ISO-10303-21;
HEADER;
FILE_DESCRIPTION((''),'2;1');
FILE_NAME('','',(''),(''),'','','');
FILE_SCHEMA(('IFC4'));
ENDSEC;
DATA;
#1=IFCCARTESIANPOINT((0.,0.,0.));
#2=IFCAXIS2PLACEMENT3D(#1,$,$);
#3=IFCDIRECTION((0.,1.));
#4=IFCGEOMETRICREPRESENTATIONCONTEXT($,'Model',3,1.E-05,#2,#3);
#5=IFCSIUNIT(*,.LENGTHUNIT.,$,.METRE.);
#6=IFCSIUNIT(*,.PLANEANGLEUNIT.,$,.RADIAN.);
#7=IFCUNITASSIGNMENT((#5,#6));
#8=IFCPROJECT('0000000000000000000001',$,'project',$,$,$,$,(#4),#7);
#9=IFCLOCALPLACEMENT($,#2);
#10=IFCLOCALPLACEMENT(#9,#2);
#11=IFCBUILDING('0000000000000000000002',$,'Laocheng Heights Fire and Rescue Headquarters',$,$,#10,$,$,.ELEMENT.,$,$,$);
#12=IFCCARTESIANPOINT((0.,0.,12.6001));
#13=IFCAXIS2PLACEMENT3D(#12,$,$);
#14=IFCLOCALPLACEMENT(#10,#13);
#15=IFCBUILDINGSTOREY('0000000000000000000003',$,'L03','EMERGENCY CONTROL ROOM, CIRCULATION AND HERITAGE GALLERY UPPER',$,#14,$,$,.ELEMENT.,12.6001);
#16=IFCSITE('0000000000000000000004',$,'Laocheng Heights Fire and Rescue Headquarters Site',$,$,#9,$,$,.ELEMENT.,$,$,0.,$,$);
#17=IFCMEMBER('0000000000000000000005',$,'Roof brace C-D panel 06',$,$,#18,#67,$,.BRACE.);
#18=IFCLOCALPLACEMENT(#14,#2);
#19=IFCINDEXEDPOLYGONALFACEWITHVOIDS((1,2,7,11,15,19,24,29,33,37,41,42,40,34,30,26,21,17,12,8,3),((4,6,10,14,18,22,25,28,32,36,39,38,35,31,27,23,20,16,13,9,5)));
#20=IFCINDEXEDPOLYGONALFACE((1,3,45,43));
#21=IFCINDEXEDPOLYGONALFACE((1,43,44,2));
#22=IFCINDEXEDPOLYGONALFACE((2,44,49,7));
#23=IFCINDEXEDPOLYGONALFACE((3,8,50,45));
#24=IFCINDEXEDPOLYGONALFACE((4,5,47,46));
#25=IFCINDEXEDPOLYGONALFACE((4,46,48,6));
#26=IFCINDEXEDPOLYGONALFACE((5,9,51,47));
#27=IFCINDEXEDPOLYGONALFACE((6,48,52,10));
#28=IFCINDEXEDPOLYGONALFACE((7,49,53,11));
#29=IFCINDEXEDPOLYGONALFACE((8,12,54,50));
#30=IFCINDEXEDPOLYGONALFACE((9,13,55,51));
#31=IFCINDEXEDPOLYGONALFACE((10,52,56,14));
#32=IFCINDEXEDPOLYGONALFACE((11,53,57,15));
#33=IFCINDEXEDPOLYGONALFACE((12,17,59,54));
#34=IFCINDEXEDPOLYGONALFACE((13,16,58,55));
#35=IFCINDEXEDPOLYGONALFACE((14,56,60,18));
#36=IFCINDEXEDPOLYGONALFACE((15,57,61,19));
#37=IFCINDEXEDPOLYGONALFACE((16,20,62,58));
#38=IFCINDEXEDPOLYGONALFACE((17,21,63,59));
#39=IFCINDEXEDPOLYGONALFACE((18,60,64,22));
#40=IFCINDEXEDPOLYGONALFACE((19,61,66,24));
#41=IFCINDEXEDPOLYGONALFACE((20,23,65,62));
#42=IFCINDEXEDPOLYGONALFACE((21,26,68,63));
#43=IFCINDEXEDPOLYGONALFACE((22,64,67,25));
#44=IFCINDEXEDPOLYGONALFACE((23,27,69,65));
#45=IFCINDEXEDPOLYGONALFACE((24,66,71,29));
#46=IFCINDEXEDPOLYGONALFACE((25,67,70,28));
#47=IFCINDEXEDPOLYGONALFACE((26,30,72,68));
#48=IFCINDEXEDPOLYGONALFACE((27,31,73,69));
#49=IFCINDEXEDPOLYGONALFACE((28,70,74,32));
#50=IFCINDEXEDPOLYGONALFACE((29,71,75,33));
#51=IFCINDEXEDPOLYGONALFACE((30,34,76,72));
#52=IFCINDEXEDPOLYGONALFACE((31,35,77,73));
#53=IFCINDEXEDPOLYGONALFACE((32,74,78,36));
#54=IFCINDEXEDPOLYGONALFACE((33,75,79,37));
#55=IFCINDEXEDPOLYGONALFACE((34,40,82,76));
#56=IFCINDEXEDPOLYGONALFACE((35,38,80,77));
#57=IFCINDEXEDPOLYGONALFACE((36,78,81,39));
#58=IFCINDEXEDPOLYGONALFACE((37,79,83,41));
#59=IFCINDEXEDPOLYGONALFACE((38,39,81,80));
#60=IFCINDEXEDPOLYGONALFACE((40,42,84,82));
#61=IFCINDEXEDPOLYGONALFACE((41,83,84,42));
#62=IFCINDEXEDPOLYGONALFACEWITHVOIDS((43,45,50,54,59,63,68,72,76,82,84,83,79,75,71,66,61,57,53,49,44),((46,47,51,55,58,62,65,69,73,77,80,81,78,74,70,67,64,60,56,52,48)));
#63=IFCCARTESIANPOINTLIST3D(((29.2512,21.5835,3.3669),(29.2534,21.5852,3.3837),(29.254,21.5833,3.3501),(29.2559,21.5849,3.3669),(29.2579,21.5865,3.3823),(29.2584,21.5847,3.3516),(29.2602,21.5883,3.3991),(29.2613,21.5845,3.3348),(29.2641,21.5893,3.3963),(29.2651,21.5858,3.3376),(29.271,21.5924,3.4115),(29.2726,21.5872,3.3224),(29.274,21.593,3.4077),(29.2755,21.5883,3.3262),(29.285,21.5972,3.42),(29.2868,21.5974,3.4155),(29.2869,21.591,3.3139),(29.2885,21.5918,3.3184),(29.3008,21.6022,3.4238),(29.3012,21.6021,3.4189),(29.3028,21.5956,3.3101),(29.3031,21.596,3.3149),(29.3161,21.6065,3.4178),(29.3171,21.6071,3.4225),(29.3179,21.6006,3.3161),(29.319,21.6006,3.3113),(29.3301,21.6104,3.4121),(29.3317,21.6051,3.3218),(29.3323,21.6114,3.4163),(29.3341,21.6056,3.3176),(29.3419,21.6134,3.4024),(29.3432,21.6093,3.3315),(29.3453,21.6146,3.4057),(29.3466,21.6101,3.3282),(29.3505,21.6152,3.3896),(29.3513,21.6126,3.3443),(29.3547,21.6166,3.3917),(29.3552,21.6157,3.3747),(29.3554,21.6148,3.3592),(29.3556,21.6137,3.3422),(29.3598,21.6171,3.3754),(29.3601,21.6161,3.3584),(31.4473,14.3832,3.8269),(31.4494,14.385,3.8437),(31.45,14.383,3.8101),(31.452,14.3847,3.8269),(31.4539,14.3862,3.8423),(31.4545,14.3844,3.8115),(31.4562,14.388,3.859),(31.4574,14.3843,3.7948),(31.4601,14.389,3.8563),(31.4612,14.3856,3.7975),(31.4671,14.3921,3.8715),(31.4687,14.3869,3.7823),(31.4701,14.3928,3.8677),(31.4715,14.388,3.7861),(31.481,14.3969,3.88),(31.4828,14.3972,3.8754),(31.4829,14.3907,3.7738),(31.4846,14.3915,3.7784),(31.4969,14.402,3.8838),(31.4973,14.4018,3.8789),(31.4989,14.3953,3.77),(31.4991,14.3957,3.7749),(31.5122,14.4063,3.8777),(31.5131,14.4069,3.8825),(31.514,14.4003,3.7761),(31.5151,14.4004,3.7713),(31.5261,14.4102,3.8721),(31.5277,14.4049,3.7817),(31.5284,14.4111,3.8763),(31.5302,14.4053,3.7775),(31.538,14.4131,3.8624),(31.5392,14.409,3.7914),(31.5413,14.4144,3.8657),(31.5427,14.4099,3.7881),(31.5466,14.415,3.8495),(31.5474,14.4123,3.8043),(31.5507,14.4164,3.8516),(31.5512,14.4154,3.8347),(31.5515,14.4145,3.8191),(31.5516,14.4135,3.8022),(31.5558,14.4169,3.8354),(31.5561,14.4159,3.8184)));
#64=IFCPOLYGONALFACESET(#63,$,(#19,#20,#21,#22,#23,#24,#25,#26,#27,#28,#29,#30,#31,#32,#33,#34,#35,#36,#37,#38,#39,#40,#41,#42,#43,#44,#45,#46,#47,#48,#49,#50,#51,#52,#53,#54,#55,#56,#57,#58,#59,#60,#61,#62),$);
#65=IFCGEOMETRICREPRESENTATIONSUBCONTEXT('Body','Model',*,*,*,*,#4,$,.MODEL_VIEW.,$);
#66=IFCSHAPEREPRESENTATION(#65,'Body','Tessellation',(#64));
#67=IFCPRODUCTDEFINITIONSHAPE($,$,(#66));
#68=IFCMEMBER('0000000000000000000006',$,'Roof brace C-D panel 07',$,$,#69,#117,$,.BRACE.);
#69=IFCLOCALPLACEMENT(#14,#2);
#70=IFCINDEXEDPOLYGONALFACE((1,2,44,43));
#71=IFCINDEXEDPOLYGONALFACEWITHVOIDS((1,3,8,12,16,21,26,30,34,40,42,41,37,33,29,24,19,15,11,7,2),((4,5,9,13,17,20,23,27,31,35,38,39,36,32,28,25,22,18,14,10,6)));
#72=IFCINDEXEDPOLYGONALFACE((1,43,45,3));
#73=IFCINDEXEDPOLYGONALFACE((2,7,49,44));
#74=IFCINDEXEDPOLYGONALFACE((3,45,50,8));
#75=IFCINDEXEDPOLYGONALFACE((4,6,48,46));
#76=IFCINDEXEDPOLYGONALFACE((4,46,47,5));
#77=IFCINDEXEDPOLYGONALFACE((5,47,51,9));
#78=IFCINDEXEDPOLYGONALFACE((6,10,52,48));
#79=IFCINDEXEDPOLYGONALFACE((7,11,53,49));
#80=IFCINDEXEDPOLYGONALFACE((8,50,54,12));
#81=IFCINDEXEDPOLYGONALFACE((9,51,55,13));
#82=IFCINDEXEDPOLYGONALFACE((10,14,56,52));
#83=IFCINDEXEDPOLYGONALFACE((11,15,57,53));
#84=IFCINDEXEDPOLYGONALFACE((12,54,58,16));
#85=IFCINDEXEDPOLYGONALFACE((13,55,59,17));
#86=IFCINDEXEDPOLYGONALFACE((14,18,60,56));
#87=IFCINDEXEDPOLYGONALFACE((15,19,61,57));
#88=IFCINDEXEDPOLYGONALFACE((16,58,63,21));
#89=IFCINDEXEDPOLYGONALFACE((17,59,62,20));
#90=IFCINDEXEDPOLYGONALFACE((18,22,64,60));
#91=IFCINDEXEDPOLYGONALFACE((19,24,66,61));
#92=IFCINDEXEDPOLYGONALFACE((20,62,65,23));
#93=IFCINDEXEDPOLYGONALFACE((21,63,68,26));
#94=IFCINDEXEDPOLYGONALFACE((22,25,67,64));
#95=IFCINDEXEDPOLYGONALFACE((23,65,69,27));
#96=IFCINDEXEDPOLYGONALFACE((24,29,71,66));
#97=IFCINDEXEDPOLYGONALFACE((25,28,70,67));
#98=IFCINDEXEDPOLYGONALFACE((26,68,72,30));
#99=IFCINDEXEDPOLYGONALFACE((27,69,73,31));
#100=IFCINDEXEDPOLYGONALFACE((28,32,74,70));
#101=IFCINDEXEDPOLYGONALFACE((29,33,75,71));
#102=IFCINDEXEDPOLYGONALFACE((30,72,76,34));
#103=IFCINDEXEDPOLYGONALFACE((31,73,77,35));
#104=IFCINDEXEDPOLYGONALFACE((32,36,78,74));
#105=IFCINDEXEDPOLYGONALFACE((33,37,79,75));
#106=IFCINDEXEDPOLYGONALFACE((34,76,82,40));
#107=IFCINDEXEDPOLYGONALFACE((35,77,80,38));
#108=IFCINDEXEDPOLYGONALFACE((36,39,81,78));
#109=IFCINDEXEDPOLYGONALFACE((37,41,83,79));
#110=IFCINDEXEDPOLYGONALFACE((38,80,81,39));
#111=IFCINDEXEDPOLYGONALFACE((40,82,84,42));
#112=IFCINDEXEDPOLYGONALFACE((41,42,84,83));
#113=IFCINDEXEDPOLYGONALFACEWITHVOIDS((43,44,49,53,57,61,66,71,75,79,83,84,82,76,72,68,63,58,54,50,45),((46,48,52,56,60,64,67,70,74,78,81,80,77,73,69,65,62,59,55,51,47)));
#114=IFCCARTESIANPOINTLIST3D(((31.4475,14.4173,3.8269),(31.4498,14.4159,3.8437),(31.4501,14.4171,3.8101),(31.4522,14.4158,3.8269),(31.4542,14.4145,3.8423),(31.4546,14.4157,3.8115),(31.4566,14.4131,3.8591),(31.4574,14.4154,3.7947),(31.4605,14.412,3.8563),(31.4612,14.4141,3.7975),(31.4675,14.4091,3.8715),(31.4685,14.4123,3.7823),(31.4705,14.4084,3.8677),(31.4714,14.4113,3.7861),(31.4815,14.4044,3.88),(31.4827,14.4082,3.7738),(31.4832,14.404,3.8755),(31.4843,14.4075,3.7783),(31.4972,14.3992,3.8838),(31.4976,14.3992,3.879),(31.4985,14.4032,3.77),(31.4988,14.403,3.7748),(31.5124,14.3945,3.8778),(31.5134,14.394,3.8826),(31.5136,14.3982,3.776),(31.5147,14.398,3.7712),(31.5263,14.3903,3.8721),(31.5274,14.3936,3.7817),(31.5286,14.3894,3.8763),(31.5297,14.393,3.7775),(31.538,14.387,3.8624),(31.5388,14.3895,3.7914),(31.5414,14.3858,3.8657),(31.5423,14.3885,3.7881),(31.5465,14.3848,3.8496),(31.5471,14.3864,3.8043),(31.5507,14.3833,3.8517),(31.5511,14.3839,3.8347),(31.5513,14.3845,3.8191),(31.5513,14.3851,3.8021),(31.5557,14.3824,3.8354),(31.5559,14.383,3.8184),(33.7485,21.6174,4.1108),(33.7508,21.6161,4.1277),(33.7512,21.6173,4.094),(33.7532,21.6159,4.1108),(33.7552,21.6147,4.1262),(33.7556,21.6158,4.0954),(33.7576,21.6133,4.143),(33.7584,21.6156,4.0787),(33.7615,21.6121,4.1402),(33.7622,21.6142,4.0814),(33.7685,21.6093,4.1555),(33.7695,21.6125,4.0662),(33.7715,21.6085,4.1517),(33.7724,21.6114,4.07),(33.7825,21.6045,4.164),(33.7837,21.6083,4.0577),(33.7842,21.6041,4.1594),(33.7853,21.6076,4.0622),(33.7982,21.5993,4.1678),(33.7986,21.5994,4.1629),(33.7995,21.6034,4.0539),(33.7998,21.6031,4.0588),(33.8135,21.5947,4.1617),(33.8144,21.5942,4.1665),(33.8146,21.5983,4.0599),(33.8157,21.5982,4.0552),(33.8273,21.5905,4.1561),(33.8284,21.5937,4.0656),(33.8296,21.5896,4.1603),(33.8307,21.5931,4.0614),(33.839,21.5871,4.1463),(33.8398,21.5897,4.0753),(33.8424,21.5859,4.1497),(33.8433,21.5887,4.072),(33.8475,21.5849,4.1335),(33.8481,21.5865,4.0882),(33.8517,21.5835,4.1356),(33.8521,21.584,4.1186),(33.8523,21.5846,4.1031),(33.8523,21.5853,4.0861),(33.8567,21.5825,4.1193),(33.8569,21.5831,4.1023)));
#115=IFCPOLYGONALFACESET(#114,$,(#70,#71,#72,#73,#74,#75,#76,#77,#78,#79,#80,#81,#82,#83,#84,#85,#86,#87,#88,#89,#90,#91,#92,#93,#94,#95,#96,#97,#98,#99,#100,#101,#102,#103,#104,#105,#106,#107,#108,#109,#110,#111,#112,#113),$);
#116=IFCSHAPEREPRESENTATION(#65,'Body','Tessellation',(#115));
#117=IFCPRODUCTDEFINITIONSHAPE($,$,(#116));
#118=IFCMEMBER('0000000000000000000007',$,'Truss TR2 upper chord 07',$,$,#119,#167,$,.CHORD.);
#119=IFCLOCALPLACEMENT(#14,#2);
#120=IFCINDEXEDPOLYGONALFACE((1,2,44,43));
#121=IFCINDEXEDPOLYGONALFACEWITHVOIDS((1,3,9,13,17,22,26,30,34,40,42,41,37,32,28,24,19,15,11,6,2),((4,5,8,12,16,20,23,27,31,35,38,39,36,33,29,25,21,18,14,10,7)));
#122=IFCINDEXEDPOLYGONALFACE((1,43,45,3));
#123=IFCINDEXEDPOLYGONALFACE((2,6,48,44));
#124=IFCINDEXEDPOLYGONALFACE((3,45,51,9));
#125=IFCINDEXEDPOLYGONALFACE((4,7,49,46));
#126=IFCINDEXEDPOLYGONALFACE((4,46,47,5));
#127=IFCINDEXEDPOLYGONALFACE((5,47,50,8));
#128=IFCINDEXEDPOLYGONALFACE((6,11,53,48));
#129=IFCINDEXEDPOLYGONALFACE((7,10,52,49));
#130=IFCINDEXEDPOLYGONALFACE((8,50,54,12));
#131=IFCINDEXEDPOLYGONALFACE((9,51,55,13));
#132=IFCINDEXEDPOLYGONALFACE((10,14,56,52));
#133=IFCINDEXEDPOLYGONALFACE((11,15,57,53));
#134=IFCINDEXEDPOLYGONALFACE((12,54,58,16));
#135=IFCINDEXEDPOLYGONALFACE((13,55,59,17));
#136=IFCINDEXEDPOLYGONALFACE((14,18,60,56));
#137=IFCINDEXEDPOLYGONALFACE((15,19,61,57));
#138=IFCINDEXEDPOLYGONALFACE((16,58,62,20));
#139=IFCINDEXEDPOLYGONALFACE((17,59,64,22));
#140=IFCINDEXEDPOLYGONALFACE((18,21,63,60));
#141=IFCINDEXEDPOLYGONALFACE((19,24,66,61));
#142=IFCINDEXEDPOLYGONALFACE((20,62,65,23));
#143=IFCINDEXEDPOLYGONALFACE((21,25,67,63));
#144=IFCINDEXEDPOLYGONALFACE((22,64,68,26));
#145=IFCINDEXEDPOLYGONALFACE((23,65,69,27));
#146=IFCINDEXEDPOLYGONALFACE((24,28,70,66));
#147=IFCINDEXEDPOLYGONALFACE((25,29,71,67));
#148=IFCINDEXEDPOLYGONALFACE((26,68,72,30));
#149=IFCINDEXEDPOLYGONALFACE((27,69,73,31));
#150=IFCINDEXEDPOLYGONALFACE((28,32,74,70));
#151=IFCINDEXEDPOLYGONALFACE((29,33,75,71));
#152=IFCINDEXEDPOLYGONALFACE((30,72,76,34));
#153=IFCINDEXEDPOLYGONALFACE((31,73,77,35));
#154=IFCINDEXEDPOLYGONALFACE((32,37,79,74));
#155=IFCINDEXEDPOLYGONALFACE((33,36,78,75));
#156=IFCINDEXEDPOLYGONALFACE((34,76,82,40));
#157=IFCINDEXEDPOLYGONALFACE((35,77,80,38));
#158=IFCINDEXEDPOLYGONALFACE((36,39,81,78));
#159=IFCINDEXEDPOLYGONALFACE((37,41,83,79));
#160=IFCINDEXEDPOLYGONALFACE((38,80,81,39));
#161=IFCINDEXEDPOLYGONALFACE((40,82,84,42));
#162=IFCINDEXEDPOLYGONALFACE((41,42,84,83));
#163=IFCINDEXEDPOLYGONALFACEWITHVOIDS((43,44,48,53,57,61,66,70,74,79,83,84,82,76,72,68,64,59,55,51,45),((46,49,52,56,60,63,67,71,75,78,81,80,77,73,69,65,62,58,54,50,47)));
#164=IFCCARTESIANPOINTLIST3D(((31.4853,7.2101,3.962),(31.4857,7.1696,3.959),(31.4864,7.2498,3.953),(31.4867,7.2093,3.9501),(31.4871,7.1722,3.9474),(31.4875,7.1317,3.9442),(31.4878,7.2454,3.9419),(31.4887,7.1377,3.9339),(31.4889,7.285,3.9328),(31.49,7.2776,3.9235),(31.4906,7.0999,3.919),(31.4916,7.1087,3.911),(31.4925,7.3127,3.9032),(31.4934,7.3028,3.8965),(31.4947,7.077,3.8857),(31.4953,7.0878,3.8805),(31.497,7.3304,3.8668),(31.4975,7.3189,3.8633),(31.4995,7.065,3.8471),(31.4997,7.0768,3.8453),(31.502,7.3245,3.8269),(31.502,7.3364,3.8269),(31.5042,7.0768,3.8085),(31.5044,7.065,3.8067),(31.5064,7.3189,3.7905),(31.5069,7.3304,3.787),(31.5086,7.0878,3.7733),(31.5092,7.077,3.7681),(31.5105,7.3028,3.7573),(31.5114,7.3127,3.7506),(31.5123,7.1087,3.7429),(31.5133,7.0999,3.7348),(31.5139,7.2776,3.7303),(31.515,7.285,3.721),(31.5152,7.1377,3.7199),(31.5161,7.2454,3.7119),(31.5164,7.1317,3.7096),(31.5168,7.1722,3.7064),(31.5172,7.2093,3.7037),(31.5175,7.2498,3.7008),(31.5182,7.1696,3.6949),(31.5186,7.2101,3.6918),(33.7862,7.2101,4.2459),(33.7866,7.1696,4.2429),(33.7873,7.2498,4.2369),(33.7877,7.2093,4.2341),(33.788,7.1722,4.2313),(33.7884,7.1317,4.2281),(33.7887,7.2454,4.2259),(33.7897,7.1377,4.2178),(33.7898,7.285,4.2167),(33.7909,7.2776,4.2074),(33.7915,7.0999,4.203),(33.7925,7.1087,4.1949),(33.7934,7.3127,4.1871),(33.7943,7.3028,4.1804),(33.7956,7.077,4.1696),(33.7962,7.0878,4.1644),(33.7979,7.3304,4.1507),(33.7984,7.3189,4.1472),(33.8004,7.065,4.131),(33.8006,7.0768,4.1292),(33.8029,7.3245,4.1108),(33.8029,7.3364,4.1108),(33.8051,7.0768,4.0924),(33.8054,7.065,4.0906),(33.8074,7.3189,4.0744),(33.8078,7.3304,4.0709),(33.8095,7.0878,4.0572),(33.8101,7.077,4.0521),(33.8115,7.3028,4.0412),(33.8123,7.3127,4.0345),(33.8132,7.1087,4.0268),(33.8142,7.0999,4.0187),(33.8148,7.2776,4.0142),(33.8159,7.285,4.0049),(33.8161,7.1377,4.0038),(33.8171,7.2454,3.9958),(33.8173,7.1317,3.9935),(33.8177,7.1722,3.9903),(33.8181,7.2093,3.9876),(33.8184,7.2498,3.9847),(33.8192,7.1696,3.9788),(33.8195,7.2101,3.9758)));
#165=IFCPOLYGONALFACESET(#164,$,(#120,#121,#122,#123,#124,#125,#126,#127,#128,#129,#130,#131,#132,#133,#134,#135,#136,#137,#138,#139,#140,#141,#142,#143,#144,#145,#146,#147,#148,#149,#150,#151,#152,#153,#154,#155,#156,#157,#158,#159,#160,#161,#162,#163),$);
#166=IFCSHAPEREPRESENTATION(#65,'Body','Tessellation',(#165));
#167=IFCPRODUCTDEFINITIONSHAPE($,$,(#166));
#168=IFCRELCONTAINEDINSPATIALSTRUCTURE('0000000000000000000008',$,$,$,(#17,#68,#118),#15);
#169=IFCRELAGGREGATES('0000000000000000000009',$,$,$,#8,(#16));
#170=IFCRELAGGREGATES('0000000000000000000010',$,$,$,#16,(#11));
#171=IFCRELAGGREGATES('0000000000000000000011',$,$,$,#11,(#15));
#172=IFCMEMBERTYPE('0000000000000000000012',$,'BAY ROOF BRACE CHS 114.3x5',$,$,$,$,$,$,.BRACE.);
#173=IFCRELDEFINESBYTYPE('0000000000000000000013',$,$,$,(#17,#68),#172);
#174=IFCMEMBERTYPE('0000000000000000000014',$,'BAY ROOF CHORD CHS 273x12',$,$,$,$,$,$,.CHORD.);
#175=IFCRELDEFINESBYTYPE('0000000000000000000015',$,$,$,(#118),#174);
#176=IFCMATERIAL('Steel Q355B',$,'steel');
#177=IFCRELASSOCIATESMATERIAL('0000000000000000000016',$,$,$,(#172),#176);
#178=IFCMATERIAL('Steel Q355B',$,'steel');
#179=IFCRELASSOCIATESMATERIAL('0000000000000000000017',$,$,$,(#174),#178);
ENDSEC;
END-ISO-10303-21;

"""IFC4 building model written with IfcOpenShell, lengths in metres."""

from ifc_helpers import new_model, si_unit, direction, frame, origin, origin_2d, place, context, subcontext, project, spatial, hollow_circle, extrude, material, material_profile, profile_set, type_object, element, save


model = new_model("IFC4")

# Units and contexts
model_context = context("Model", 3, precision=1e-05, world=origin(), true_north=direction((0.0, 1.0)))
body_context = subcontext(model_context, "Body", "Model", "MODEL_VIEW")
ifc_project = project(units=[si_unit("LENGTHUNIT", "METRE"), si_unit("PLANEANGLEUNIT", "RADIAN")], contexts=[model_context])

# Site, building, storey
site_placement = place(None, origin())
site = spatial("IfcSite", under=ifc_project, at=site_placement, Name="Laocheng Heights Fire and Rescue Headquarters Site", CompositionType="ELEMENT", RefElevation=0.0)
building_placement = place(site_placement, origin())
building = spatial("IfcBuilding", under=site, at=building_placement, Name="Laocheng Heights Fire and Rescue Headquarters", CompositionType="ELEMENT")
storey_placement = place(building_placement, frame((0.0, 0.0, 12.6001)))
storey = spatial("IfcBuildingStorey", under=building, at=storey_placement, Name="L03", Description="EMERGENCY CONTROL ROOM, CIRCULATION AND HERITAGE GALLERY UPPER", CompositionType="ELEMENT", Elevation=12.6001)

# Members
ifc_material_1 = material(Name="Steel Q355B", Category="steel")
ifc_material_profile_1 = material_profile(ifc_material_1, hollow_circle(Radius=0.0571, WallThickness=0.0049, at=origin_2d()), Name="CHS 114.3x5")
ifc_profile_set_1 = profile_set([ifc_material_profile_1], Name="Steel Q355B")
member_type_1 = type_object("IfcMemberType", Name="BAY ROOF BRACE CHS 114.3x5", PredefinedType="BRACE", material=ifc_profile_set_1)
member_1_placement = place(storey_placement, frame((31.502, 14.3999, 3.8269), z_axis=(-0.291188, 0.95472, -0.060989), x_axis=(-0.9565, -0.291731, 0.0)))
element("IfcMember", 1, at=member_1_placement, inside=storey, type_object=member_type_1, Name="Roof brace C-D panel 06", PredefinedType="BRACE", context=body_context, shape_type="SweptSolid", body=[
    extrude(hollow_circle(Radius=0.0571, WallThickness=0.0049, at=origin_2d()), origin(), (0.0, 0.0, 1.0), 7.5417),
])
member_2_placement = place(storey_placement, frame((31.502, 14.3999, 3.8269), z_axis=(0.304197, 0.951869, 0.037536), x_axis=(-0.952541, 0.304411, 0.0)))
element("IfcMember", 2, at=member_2_placement, inside=storey, type_object=member_type_1, Name="Roof brace C-D panel 07", PredefinedType="BRACE", context=body_context, shape_type="SweptSolid", body=[
    extrude(hollow_circle(Radius=0.0571, WallThickness=0.0049, at=origin_2d()), origin(), (0.0, 0.0, 1.0), 7.5642),
])
ifc_material_2 = material(Name="Steel Q355B", Category="steel")
ifc_material_profile_2 = material_profile(ifc_material_2, hollow_circle(Radius=0.1365, WallThickness=0.012, at=origin_2d()), Name="CHS 273x12")
ifc_profile_set_2 = profile_set([ifc_material_profile_2], Name="Steel Q355B")
member_type_2 = type_object("IfcMemberType", Name="BAY ROOF CHORD CHS 273x12", PredefinedType="CHORD", material=ifc_profile_set_2)
member_3_placement = place(storey_placement, frame((31.502, 7.2, 3.8269), z_axis=(0.992473, 0.0, 0.122466), x_axis=(0.0, 1.0, 0.0)))
element("IfcMember", 3, at=member_3_placement, inside=storey, type_object=member_type_2, Name="Truss TR2 upper chord 07", PredefinedType="CHORD", context=body_context, shape_type="SweptSolid", body=[
    extrude(hollow_circle(Radius=0.1365, WallThickness=0.012, at=origin_2d()), origin(), (0.0, 0.0, 1.0), 2.3184),
])

save(model, "model.ifc")
